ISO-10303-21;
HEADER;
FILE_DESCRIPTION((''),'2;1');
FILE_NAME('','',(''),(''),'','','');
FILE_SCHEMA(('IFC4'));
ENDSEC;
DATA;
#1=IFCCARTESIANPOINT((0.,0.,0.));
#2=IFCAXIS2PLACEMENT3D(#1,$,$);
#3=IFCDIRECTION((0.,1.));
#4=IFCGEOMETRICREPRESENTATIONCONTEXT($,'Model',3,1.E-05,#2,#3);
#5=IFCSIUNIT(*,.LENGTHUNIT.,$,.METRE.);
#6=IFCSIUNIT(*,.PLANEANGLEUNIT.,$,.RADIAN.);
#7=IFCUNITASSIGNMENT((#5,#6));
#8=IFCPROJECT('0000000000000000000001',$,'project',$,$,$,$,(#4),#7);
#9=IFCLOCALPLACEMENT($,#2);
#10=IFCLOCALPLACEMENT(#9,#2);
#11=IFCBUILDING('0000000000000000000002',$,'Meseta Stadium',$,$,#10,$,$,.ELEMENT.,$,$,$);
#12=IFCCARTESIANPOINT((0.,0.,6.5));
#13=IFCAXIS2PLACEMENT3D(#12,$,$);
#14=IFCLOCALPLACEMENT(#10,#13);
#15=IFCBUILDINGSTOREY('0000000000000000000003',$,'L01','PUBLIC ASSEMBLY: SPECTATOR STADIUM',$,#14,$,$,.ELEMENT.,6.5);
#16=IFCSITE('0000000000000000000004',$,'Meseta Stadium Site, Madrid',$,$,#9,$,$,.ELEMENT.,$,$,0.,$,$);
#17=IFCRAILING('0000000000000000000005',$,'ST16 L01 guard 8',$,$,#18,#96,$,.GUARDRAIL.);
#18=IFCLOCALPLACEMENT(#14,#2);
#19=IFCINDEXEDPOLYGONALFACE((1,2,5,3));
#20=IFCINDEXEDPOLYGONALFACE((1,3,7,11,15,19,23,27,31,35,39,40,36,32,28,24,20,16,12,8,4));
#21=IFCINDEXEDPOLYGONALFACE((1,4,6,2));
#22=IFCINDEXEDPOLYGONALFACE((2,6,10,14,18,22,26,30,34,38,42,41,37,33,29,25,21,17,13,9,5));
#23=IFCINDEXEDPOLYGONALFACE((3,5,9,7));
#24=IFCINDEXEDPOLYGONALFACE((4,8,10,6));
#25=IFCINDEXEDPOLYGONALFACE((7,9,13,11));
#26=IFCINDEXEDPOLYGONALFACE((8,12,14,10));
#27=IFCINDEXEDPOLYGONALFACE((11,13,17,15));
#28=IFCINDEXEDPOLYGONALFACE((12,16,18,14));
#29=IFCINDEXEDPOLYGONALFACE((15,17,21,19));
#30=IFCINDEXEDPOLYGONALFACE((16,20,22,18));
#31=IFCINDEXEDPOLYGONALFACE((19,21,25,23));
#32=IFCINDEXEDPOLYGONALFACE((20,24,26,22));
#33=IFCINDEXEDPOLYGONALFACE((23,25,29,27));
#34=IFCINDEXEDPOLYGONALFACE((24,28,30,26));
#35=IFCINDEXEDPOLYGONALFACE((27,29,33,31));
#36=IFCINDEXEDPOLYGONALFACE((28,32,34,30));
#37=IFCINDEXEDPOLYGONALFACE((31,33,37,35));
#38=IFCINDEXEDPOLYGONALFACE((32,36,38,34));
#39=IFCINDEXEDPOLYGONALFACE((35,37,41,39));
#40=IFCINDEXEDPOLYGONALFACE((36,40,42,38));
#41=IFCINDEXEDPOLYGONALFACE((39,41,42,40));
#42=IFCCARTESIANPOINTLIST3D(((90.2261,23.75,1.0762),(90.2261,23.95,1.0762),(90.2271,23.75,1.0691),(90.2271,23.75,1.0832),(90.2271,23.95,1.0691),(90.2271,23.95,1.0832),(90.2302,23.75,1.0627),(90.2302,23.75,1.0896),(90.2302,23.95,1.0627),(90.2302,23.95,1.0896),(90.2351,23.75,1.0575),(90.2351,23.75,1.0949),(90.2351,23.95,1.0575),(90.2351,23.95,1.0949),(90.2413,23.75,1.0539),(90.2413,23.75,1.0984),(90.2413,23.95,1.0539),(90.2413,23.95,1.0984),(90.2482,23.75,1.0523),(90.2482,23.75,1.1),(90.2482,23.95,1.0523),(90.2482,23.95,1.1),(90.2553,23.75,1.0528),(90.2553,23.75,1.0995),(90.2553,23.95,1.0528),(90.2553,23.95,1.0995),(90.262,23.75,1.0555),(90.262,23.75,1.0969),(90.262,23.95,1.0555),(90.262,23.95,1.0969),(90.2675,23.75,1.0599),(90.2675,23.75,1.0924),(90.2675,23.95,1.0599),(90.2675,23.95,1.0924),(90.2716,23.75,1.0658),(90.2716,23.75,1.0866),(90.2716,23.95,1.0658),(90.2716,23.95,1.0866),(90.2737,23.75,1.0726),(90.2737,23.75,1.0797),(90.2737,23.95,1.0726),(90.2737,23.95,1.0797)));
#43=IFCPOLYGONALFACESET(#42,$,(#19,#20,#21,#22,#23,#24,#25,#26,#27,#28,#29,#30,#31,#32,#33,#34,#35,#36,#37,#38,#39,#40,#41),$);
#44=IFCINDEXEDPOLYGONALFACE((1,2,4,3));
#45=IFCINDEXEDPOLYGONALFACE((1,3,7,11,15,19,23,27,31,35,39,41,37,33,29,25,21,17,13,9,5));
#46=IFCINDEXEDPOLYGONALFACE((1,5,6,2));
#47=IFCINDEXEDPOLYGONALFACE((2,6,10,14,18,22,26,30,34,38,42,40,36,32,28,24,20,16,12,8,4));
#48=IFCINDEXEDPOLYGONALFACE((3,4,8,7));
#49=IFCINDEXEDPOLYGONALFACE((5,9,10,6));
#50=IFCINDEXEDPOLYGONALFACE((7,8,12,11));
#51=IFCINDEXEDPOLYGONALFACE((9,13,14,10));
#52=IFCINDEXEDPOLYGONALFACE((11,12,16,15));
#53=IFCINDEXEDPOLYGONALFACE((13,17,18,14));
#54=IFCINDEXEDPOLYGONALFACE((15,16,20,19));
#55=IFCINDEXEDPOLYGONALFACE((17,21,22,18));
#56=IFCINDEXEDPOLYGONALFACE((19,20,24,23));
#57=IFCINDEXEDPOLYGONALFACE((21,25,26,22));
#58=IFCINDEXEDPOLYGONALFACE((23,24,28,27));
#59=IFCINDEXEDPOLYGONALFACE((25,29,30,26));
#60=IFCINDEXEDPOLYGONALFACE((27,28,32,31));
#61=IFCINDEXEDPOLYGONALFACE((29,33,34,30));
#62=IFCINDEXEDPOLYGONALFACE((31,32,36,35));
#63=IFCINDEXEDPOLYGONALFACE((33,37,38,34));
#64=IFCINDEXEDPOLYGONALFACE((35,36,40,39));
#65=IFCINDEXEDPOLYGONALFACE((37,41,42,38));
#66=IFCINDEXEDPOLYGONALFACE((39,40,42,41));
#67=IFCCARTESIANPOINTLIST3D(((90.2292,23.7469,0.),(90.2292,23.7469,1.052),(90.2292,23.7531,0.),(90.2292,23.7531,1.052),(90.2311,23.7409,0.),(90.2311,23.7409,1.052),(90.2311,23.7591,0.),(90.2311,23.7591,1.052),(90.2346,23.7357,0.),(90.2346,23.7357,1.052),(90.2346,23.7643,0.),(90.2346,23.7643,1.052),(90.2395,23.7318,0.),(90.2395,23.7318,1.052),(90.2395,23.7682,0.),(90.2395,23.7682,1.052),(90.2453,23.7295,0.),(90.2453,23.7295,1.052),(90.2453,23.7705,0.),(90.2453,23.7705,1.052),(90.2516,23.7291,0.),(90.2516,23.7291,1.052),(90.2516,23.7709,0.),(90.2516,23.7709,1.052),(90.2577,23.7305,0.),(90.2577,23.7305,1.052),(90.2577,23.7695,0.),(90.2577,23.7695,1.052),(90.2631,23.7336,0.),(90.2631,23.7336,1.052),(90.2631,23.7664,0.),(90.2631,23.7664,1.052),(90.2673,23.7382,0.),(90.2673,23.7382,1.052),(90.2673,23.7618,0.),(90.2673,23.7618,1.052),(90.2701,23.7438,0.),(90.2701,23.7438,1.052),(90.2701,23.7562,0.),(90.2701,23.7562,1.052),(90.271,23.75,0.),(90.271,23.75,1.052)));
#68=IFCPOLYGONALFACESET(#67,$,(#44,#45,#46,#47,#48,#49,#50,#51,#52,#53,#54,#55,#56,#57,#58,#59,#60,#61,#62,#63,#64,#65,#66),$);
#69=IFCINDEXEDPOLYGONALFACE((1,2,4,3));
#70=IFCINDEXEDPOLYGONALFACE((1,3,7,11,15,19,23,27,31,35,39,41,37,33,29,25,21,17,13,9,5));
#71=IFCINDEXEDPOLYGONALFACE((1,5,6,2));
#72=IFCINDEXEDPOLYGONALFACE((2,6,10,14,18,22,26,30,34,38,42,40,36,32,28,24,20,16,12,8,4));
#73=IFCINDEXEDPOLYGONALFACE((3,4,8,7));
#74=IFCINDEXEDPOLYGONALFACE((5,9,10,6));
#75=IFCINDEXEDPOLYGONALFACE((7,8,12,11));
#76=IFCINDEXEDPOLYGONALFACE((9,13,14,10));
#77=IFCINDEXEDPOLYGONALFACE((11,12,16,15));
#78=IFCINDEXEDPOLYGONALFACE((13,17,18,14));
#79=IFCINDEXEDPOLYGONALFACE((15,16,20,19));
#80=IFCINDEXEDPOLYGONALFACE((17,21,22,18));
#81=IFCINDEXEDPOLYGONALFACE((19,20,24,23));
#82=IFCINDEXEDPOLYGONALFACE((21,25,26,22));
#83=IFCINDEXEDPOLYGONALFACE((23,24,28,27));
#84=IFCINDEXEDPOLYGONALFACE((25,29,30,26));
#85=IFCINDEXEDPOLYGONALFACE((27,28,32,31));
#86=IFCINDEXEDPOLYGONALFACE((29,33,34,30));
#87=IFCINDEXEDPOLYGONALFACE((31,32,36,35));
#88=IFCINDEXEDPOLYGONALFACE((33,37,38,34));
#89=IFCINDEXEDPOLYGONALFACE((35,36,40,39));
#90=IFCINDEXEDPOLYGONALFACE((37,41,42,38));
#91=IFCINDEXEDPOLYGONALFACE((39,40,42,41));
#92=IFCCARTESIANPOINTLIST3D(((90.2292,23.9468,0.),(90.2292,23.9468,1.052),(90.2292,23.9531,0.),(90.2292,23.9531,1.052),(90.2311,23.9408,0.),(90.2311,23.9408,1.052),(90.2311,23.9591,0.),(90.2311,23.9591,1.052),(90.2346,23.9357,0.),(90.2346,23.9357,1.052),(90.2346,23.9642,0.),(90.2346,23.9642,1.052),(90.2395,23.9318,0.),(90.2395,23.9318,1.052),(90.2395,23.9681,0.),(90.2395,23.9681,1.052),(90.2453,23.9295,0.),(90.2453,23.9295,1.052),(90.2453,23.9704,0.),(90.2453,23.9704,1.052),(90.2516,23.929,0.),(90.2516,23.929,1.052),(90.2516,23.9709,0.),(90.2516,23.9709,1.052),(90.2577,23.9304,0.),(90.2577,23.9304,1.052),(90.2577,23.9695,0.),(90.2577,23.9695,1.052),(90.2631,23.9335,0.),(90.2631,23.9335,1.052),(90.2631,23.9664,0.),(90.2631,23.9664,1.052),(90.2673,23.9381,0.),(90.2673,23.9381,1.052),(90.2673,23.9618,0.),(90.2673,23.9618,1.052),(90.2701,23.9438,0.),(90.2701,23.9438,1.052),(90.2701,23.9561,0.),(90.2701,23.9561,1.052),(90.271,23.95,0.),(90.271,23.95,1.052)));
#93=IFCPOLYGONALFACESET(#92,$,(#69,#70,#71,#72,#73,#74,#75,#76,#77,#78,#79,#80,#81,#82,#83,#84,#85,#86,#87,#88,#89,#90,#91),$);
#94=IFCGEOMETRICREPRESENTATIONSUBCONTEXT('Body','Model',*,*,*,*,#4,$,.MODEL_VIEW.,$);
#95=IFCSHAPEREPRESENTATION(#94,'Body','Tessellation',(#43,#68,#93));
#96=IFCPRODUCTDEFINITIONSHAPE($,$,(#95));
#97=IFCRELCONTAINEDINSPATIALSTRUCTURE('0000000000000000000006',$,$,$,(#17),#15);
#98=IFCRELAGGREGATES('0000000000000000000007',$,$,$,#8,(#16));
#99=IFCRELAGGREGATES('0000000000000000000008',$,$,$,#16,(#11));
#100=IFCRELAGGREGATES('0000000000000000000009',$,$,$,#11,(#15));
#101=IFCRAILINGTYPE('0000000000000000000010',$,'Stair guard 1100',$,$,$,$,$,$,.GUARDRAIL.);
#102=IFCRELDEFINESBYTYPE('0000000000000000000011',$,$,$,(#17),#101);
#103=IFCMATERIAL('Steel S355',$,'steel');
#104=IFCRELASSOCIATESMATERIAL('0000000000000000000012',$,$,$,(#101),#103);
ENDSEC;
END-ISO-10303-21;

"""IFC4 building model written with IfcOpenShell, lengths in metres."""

from ifc_helpers import new_model, si_unit, direction, frame, origin, origin_2d, place, context, subcontext, project, spatial, circle, extrude, material, type_object, element, save


model = new_model("IFC4")

# Units and contexts
model_context = context("Model", 3, precision=1e-05, world=origin(), true_north=direction((0.0, 1.0)))
body_context = subcontext(model_context, "Body", "Model", "MODEL_VIEW")
ifc_project = project(units=[si_unit("LENGTHUNIT", "METRE"), si_unit("PLANEANGLEUNIT", "RADIAN")], contexts=[model_context])

# Site, building, storey
site_placement = place(None, origin())
site = spatial("IfcSite", under=ifc_project, at=site_placement, Name="Meseta Stadium Site, Madrid", CompositionType="ELEMENT", RefElevation=0.0)
building_placement = place(site_placement, origin())
building = spatial("IfcBuilding", under=site, at=building_placement, Name="Meseta Stadium", CompositionType="ELEMENT")
storey_placement = place(building_placement, frame((0.0, 0.0, 6.5)))
storey = spatial("IfcBuildingStorey", under=building, at=storey_placement, Name="L01", Description="PUBLIC ASSEMBLY: SPECTATOR STADIUM", CompositionType="ELEMENT", Elevation=6.5)

# Railing
ifc_material_1 = material(Name="Steel S355", Category="steel")
railing_type_1 = type_object("IfcRailingType", Name="Stair guard 1100", PredefinedType="GUARDRAIL", material=ifc_material_1)
for number, where, name in (
    (1, (90.25, 23.75, 0.0), "ST16 L01 guard 8"),
):
    element("IfcRailing", number, at=place(storey_placement, frame(where)), inside=storey, type_object=railing_type_1, Name=name, PredefinedType="GUARDRAIL", context=body_context, shape_type="SweptSolid", body=[
        extrude(circle(Radius=0.0239, at=origin_2d()), frame((0.0, 0.0, 1.0762), z_axis=(0.0, 1.0, 0.0), x_axis=(-1.0, 0.0, 0.0)), (0.0, 0.0, 1.0), 0.2),
        extrude(circle(Radius=0.021, at=origin_2d()), origin(), (0.0, 0.0, 1.0), 1.052),
        extrude(circle(Radius=0.021, at=origin_2d()), frame((0.0, 0.2, 0.0)), (0.0, 0.0, 1.0), 1.052),
    ])

save(model, "model.ifc")
